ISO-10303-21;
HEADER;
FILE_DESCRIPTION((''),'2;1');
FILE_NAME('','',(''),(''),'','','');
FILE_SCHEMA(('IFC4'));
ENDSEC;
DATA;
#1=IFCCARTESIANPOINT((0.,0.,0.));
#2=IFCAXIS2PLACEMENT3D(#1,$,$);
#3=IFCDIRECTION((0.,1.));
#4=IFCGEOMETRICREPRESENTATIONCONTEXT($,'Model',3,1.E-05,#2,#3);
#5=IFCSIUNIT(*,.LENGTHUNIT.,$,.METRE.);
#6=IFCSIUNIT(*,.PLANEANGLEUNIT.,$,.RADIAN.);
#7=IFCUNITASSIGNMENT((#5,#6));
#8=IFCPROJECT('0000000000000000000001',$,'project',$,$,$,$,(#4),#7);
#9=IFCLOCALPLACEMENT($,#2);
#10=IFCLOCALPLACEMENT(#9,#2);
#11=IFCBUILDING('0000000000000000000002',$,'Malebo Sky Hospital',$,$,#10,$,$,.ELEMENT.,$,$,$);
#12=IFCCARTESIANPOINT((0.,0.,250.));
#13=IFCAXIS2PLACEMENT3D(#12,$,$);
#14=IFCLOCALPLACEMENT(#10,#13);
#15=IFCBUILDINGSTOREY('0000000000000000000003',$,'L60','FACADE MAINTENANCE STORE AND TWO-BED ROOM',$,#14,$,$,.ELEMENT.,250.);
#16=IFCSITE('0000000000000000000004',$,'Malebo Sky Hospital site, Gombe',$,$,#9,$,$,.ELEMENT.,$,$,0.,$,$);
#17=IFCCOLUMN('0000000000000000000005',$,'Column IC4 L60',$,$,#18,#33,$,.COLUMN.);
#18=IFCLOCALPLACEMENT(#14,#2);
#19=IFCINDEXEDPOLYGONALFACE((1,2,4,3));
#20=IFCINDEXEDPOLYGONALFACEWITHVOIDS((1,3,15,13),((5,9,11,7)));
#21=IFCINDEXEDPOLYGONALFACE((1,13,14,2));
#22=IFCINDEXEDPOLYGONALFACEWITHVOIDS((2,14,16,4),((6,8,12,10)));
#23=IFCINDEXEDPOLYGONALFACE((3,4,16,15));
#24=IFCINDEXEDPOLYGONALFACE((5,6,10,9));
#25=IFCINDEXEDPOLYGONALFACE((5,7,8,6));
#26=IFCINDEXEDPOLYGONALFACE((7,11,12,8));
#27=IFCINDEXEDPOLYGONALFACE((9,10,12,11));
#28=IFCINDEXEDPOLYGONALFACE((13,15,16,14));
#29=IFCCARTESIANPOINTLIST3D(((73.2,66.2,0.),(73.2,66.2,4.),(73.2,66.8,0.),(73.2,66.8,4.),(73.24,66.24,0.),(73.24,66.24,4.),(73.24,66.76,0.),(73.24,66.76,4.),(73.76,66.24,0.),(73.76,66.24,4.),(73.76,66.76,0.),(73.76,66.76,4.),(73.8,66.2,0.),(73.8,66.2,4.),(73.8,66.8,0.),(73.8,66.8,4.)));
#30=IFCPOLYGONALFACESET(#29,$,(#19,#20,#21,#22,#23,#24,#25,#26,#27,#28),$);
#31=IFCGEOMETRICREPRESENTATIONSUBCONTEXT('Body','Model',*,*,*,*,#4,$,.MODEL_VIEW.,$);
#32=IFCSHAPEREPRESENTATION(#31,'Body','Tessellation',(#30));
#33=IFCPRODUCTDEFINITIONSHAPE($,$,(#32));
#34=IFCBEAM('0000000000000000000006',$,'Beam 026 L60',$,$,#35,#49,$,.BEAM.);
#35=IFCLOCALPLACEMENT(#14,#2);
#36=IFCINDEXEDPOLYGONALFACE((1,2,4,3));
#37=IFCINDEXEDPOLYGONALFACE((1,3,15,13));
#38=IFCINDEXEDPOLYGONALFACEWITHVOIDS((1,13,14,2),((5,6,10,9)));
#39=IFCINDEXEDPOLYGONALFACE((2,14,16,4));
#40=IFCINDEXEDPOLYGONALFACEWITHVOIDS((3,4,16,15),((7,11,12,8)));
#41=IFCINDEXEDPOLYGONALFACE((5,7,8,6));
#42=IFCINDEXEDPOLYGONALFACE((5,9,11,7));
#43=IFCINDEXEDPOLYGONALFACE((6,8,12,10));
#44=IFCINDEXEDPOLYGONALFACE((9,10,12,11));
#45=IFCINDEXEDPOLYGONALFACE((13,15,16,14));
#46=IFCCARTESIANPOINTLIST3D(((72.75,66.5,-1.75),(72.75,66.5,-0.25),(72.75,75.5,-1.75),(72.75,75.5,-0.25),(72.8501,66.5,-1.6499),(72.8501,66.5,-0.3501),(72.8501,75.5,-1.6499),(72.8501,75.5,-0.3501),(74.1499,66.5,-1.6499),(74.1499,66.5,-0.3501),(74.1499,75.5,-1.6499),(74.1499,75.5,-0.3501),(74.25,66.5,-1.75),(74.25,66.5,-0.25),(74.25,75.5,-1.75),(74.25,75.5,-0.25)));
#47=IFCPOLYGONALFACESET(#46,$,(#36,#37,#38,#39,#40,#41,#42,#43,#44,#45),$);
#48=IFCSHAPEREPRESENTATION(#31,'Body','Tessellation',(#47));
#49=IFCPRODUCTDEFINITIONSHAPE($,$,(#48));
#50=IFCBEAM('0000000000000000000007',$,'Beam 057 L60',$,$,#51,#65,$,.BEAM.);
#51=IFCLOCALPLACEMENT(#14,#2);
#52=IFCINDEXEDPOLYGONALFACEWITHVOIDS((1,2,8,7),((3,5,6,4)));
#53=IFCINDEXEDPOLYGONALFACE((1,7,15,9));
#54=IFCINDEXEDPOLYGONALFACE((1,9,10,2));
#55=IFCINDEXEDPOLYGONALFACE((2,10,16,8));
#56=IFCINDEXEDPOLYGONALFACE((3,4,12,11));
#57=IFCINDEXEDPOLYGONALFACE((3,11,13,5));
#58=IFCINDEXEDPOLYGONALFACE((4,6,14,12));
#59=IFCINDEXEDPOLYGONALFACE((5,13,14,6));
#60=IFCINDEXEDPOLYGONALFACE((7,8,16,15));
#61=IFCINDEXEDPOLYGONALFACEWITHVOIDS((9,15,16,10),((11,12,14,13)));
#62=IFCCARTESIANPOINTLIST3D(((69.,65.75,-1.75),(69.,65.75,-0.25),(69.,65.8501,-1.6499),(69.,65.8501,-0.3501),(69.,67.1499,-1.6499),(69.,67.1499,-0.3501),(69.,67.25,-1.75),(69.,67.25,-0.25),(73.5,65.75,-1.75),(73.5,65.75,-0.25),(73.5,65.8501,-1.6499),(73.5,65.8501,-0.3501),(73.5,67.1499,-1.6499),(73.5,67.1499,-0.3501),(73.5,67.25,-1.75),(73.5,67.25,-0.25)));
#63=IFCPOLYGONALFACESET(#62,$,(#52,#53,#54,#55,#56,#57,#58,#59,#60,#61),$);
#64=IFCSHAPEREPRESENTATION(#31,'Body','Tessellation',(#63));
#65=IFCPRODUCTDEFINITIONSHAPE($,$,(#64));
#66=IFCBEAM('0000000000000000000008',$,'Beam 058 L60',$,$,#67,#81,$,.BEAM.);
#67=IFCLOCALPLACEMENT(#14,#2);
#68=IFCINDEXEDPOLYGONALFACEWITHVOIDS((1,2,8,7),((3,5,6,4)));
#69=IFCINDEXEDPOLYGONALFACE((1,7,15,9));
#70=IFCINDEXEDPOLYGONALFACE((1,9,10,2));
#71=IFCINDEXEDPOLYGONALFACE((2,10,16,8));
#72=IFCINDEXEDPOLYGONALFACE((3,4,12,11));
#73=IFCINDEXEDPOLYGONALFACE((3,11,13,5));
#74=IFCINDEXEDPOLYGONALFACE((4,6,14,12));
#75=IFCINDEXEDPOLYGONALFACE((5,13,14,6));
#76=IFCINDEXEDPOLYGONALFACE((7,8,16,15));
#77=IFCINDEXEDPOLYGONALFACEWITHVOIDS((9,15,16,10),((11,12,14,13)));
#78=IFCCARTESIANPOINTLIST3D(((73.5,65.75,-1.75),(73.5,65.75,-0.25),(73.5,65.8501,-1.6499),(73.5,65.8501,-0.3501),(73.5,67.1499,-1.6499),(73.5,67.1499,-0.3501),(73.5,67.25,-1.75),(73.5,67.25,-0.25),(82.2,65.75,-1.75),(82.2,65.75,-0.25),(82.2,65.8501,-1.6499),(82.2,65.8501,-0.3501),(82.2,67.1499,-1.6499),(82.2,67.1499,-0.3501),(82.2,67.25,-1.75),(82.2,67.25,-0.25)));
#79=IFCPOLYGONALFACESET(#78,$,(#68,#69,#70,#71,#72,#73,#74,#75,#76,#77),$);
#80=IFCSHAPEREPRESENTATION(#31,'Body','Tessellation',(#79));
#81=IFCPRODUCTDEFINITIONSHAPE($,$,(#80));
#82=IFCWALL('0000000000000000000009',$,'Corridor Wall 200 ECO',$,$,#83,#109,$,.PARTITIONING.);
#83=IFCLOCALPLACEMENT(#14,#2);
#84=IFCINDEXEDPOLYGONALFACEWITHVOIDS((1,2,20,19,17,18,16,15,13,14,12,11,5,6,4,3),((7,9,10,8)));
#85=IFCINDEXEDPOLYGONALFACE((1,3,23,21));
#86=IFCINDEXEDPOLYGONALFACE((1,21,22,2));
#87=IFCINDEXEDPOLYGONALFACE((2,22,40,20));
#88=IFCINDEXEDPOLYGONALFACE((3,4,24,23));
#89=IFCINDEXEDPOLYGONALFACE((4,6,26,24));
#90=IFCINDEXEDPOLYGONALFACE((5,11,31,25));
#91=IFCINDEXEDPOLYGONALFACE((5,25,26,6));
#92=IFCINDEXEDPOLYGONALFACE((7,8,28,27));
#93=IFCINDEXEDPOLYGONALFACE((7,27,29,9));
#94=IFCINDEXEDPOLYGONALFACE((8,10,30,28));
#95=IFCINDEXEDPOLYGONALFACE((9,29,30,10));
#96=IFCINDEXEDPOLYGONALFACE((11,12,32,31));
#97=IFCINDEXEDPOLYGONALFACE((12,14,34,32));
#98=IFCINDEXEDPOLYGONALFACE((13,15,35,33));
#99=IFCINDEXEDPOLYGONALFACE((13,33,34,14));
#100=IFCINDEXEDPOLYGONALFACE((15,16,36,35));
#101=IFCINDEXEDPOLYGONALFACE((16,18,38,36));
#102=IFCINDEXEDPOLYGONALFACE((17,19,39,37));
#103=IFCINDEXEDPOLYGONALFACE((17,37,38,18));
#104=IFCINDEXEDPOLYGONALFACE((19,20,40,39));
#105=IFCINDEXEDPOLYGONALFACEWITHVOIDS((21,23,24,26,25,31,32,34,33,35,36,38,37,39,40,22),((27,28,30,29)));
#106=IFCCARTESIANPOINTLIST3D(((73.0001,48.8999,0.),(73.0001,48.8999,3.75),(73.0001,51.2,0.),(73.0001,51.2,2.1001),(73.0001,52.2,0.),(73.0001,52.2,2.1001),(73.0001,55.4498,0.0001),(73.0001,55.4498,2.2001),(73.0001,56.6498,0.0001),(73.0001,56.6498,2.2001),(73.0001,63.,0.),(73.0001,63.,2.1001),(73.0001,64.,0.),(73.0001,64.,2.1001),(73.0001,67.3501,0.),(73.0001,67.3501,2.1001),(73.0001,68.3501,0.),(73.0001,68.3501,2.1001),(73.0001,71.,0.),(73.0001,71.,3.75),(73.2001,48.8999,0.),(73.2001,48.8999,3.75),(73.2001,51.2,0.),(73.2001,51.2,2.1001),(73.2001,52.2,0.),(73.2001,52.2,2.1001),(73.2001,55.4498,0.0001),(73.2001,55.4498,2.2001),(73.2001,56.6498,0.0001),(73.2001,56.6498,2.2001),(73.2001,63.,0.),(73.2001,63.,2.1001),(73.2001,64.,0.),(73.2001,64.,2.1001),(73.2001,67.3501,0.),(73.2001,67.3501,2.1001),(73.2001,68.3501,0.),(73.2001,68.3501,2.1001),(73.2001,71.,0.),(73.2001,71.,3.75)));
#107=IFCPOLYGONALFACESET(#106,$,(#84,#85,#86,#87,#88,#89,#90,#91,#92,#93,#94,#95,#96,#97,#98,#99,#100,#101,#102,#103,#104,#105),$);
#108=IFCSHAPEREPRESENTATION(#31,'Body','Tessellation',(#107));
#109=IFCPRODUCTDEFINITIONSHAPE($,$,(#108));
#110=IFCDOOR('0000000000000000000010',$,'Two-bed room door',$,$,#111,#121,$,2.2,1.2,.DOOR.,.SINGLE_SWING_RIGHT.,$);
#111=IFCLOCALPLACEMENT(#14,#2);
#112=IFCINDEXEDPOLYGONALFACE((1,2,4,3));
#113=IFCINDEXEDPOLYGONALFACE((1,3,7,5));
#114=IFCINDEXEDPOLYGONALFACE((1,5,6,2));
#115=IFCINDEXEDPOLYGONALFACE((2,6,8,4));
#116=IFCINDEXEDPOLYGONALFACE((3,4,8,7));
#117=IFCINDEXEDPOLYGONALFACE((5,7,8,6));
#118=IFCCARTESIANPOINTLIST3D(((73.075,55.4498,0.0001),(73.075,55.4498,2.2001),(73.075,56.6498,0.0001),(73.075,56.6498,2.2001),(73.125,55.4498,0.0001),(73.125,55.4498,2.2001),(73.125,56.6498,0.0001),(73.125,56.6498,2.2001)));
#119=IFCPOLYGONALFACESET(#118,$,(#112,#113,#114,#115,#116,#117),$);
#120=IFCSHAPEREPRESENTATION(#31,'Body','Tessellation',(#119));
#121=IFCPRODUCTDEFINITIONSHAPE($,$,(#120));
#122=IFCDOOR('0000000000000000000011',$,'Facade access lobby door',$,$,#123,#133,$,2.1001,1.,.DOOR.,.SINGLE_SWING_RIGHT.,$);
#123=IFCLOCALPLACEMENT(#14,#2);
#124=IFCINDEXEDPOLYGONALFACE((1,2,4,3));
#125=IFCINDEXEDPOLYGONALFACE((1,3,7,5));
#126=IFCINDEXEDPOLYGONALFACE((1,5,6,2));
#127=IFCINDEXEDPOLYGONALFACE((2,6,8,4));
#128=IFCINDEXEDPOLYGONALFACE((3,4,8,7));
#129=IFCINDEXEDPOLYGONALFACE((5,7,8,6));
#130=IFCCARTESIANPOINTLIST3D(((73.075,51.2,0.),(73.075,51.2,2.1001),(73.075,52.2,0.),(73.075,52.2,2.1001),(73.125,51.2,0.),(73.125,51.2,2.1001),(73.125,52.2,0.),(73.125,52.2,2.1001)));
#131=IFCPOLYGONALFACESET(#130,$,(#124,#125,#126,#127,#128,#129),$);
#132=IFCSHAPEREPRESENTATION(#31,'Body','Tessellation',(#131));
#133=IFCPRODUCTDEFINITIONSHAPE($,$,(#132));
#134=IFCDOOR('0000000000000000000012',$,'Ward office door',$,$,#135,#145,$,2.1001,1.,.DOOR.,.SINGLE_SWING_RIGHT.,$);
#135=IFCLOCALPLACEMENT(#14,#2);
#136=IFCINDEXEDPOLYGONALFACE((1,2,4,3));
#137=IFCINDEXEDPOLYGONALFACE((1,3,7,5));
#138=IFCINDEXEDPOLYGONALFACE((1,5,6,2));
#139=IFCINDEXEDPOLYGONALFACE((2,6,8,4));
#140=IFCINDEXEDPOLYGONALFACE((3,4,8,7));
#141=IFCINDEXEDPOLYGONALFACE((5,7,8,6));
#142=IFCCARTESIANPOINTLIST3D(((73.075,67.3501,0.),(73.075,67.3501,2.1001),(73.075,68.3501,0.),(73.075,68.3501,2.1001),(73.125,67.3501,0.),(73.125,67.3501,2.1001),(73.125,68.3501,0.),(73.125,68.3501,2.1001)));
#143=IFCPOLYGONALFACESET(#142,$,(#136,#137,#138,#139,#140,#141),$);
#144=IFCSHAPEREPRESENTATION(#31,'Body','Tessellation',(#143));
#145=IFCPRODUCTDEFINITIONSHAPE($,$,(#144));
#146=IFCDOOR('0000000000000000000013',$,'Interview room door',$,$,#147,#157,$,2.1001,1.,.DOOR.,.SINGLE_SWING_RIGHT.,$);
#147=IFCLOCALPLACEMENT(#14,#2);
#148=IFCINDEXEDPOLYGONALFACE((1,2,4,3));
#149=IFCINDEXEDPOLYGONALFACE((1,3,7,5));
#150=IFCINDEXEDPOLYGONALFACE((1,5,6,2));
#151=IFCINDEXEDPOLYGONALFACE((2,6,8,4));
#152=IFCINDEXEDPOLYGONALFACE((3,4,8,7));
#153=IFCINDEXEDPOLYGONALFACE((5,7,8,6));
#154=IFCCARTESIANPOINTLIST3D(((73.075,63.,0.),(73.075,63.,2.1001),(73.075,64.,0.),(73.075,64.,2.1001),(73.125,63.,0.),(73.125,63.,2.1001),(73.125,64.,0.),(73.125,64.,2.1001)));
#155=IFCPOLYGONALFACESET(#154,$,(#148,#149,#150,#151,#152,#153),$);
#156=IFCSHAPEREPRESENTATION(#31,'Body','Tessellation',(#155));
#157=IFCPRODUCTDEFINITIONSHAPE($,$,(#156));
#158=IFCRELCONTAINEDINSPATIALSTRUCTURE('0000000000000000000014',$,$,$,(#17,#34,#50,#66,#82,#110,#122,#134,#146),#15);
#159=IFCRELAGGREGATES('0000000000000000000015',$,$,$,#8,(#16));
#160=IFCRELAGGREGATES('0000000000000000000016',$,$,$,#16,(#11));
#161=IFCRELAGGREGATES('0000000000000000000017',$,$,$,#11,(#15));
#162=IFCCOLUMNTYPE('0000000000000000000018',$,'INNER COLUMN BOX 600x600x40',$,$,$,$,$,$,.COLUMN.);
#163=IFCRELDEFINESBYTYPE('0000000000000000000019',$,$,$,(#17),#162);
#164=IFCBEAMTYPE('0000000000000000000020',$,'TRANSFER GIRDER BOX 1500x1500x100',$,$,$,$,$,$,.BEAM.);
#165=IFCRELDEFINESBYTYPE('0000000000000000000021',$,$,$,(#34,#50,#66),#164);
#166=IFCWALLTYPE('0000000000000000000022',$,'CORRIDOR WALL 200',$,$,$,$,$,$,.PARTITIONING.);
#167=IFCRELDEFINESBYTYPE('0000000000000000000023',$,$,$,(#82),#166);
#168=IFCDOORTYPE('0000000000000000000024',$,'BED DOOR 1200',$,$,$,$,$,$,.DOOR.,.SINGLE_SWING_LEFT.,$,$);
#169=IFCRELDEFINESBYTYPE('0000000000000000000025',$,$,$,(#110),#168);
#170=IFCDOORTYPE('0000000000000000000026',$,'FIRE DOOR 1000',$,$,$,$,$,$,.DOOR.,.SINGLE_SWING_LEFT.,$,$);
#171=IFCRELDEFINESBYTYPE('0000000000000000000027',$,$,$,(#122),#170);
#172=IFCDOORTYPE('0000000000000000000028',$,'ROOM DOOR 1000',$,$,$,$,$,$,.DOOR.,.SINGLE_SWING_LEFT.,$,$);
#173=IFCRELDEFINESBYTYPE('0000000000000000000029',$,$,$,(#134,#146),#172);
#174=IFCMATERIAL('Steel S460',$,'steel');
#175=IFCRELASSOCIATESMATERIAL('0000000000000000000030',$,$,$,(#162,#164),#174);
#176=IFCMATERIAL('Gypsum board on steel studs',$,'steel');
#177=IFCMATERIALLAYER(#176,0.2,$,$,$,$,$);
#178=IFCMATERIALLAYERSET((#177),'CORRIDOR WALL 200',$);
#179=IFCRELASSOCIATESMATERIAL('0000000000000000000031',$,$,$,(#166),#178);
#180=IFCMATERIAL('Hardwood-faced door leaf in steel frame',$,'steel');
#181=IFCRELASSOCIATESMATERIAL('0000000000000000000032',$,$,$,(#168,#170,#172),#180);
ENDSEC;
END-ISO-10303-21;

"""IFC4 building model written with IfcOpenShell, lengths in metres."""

from ifc_helpers import new_model, si_unit, direction, frame, frame_2d, origin, origin_2d, place, context, subcontext, project, spatial, rectangle, hollow_rectangle, extrude, material, layer, layer_set, material_profile, profile_set, type_object, element, fill, save


model = new_model("IFC4")

# Units and contexts
model_context = context("Model", 3, precision=1e-05, world=origin(), true_north=direction((0.0, 1.0)))
body_context = subcontext(model_context, "Body", "Model", "MODEL_VIEW")
ifc_project = project(units=[si_unit("LENGTHUNIT", "METRE"), si_unit("PLANEANGLEUNIT", "RADIAN")], contexts=[model_context])

# Site, building, storey
site_placement = place(None, origin())
site = spatial("IfcSite", under=ifc_project, at=site_placement, Name="Malebo Sky Hospital site, Gombe", CompositionType="ELEMENT", RefElevation=0.0)
building_placement = place(site_placement, origin())
building = spatial("IfcBuilding", under=site, at=building_placement, Name="Malebo Sky Hospital", CompositionType="ELEMENT")
storey_placement = place(building_placement, frame((0.0, 0.0, 250.0)))
storey = spatial("IfcBuildingStorey", under=building, at=storey_placement, Name="L60", Description="FACADE MAINTENANCE STORE AND TWO-BED ROOM", CompositionType="ELEMENT", Elevation=250.0)

# Column
ifc_material_1 = material(Name="Steel S460", Category="steel")
ifc_material_profile_1 = material_profile(ifc_material_1, hollow_rectangle(XDim=0.6001, YDim=0.6001, WallThickness=0.04, at=origin_2d()), Name="BOX 600x600x40")
ifc_profile_set_1 = profile_set([ifc_material_profile_1], Name="Steel S460")
column_type = type_object("IfcColumnType", Name="INNER COLUMN BOX 600x600x40", PredefinedType="COLUMN", material=ifc_profile_set_1)
column_placement = place(storey_placement, frame((73.5, 66.5, 0.0), z_axis=(0.0, 0.0, 1.0), x_axis=(1.0, 0.0, 0.0)))
element("IfcColumn", 1, at=column_placement, inside=storey, type_object=column_type, Name="Column IC4 L60", PredefinedType="COLUMN", context=body_context, shape_type="SweptSolid", body=[
    extrude(hollow_rectangle(XDim=0.6001, YDim=0.6001, WallThickness=0.04, at=origin_2d()), origin(), (0.0, 0.0, 1.0), 4.0),
])

# Beams
ifc_material_profile_2 = material_profile(ifc_material_1, hollow_rectangle(XDim=1.5, YDim=1.5, WallThickness=0.1001, at=origin_2d()), Name="BOX 1500x1500x100")
ifc_profile_set_2 = profile_set([ifc_material_profile_2], Name="Steel S460")
beam_type = type_object("IfcBeamType", Name="TRANSFER GIRDER BOX 1500x1500x100", PredefinedType="BEAM", material=ifc_profile_set_2)
beam_1_placement = place(storey_placement, frame((73.5, 66.5, -1.0), z_axis=(0.0, 1.0, 0.0), x_axis=(-1.0, 0.0, 0.0)))
element("IfcBeam", 2, at=beam_1_placement, inside=storey, type_object=beam_type, Name="Beam 026 L60", PredefinedType="BEAM", context=body_context, shape_type="SweptSolid", body=[
    extrude(hollow_rectangle(XDim=1.5, YDim=1.5, WallThickness=0.1001, at=origin_2d()), origin(), (0.0, 0.0, 1.0), 9.0),
])
beam_2_placement = place(storey_placement, frame((69.0, 66.5, -1.0), z_axis=(1.0, 0.0, 0.0), x_axis=(0.0, 1.0, 0.0)))
element("IfcBeam", 3, at=beam_2_placement, inside=storey, type_object=beam_type, Name="Beam 057 L60", PredefinedType="BEAM", context=body_context, shape_type="SweptSolid", body=[
    extrude(hollow_rectangle(XDim=1.5, YDim=1.5, WallThickness=0.1001, at=origin_2d()), origin(), (0.0, 0.0, 1.0), 4.5),
])
beam_3_placement = place(storey_placement, frame((73.5, 66.5, -1.0), z_axis=(1.0, 0.0, 0.0), x_axis=(0.0, 1.0, 0.0)))
element("IfcBeam", 4, at=beam_3_placement, inside=storey, type_object=beam_type, Name="Beam 058 L60", PredefinedType="BEAM", context=body_context, shape_type="SweptSolid", body=[
    extrude(hollow_rectangle(XDim=1.5, YDim=1.5, WallThickness=0.1001, at=origin_2d()), origin(), (0.0, 0.0, 1.0), 8.7),
])

# Wall, openings, doors
ifc_material_2 = material(Name="Gypsum board on steel studs", Category="steel")
ifc_layer_1 = layer(ifc_material_2, 0.2)
ifc_layer_set_1 = layer_set([ifc_layer_1], Name="CORRIDOR WALL 200")
wall_type_1 = type_object("IfcWallType", Name="CORRIDOR WALL 200", PredefinedType="PARTITIONING", material=ifc_layer_set_1)
wall_1_placement = place(storey_placement, frame((73.1001, 71.0, 0.0), z_axis=(0.0, 0.0, 1.0), x_axis=(0.0, -1.0, 0.0)))
wall_1 = element("IfcWall", 5, at=wall_1_placement, inside=storey, type_object=wall_type_1, Name="Corridor Wall 200 ECO", PredefinedType="PARTITIONING", context=body_context, shape_type="SweptSolid", body=[
    extrude(rectangle(XDim=22.1001, YDim=0.2, at=frame_2d((11.05, 0.0))), origin(), (0.0, 0.0, 1.0), 3.75),
])
opening_1_placement = place(wall_1_placement, frame((2.6499, 0.0, 0.0)))
opening_1 = element("IfcOpeningElement", 6, at=opening_1_placement, cuts=wall_1, PredefinedType="OPENING", context=body_context, shape_type="SweptSolid", body=[
    extrude(rectangle(XDim=1.0, YDim=2.1001, at=frame_2d((0.5, 1.05))), frame((0.0, 0.1099, 0.0), z_axis=(0.0, -1.0, 0.0), x_axis=(1.0, 0.0, 0.0)), (0.0, 0.0, 1.0), 0.22),
])
opening_2_placement = place(wall_1_placement, frame((7.0, 0.0, 0.0)))
opening_2 = element("IfcOpeningElement", 7, at=opening_2_placement, cuts=wall_1, PredefinedType="OPENING", context=body_context, shape_type="SweptSolid", body=[
    extrude(rectangle(XDim=1.0, YDim=2.1001, at=frame_2d((0.5, 1.05))), frame((0.0, 0.1099, 0.0), z_axis=(0.0, -1.0, 0.0), x_axis=(1.0, 0.0, 0.0)), (0.0, 0.0, 1.0), 0.22),
])
opening_3_placement = place(wall_1_placement, frame((14.3501, 0.0, 0.0)))
opening_3 = element("IfcOpeningElement", 8, at=opening_3_placement, cuts=wall_1, PredefinedType="OPENING", context=body_context, shape_type="SweptSolid", body=[
    extrude(rectangle(XDim=1.2, YDim=2.2, at=frame_2d((0.6001, 1.1001))), frame((0.0, 0.1099, 0.0), z_axis=(0.0, -1.0, 0.0), x_axis=(1.0, 0.0, 0.0)), (0.0, 0.0, 1.0), 0.22),
])
opening_4_placement = place(wall_1_placement, frame((18.8, 0.0, 0.0)))
opening_4 = element("IfcOpeningElement", 9, at=opening_4_placement, cuts=wall_1, PredefinedType="OPENING", context=body_context, shape_type="SweptSolid", body=[
    extrude(rectangle(XDim=1.0, YDim=2.1001, at=frame_2d((0.5, 1.05))), frame((0.0, 0.1099, 0.0), z_axis=(0.0, -1.0, 0.0), x_axis=(1.0, 0.0, 0.0)), (0.0, 0.0, 1.0), 0.22),
])
ifc_material_3 = material(Name="Hardwood-faced door leaf in steel frame", Category="steel")
door_type_1 = type_object("IfcDoorType", Name="BED DOOR 1200", OperationType="SINGLE_SWING_LEFT", PredefinedType="DOOR", material=ifc_material_3)
door_1_placement = place(opening_3_placement, origin())
door_1 = element("IfcDoor", 10, at=door_1_placement, inside=storey, type_object=door_type_1, Name="Two-bed room door", OperationType="SINGLE_SWING_RIGHT", OverallHeight=2.2, OverallWidth=1.2, PredefinedType="DOOR", context=body_context, shape_type="SweptSolid", body=[
    extrude(rectangle(XDim=1.2, YDim=2.2, at=frame_2d((0.6001, 1.1001))), frame((0.0, 0.0249, 0.0), z_axis=(0.0, -1.0, 0.0), x_axis=(1.0, 0.0, 0.0)), (0.0, 0.0, 1.0), 0.05),
])
fill(opening_3, door_1)
door_type_2 = type_object("IfcDoorType", Name="FIRE DOOR 1000", OperationType="SINGLE_SWING_LEFT", PredefinedType="DOOR", material=ifc_material_3)
door_2_placement = place(opening_4_placement, origin())
door_2 = element("IfcDoor", 11, at=door_2_placement, inside=storey, type_object=door_type_2, Name="Facade access lobby door", OperationType="SINGLE_SWING_RIGHT", OverallHeight=2.1001, OverallWidth=1.0, PredefinedType="DOOR", context=body_context, shape_type="SweptSolid", body=[
    extrude(rectangle(XDim=1.0, YDim=2.1001, at=frame_2d((0.5, 1.05))), frame((0.0, 0.0249, 0.0), z_axis=(0.0, -1.0, 0.0), x_axis=(1.0, 0.0, 0.0)), (0.0, 0.0, 1.0), 0.05),
])
fill(opening_4, door_2)
door_type_3 = type_object("IfcDoorType", Name="ROOM DOOR 1000", OperationType="SINGLE_SWING_LEFT", PredefinedType="DOOR", material=ifc_material_3)
door_3_placement = place(opening_1_placement, origin())
door_3 = element("IfcDoor", 12, at=door_3_placement, inside=storey, type_object=door_type_3, Name="Ward office door", OperationType="SINGLE_SWING_RIGHT", OverallHeight=2.1001, OverallWidth=1.0, PredefinedType="DOOR", context=body_context, shape_type="SweptSolid", body=[
    extrude(rectangle(XDim=1.0, YDim=2.1001, at=frame_2d((0.5, 1.05))), frame((0.0, 0.0249, 0.0), z_axis=(0.0, -1.0, 0.0), x_axis=(1.0, 0.0, 0.0)), (0.0, 0.0, 1.0), 0.05),
])
fill(opening_1, door_3)
door_4_placement = place(opening_2_placement, origin())
door_4 = element("IfcDoor", 13, at=door_4_placement, inside=storey, type_object=door_type_3, Name="Interview room door", OperationType="SINGLE_SWING_RIGHT", OverallHeight=2.1001, OverallWidth=1.0, PredefinedType="DOOR", context=body_context, shape_type="SweptSolid", body=[
    extrude(rectangle(XDim=1.0, YDim=2.1001, at=frame_2d((0.5, 1.05))), frame((0.0, 0.0249, 0.0), z_axis=(0.0, -1.0, 0.0), x_axis=(1.0, 0.0, 0.0)), (0.0, 0.0, 1.0), 0.05),
])
fill(opening_2, door_4)

save(model, "model.ifc")
